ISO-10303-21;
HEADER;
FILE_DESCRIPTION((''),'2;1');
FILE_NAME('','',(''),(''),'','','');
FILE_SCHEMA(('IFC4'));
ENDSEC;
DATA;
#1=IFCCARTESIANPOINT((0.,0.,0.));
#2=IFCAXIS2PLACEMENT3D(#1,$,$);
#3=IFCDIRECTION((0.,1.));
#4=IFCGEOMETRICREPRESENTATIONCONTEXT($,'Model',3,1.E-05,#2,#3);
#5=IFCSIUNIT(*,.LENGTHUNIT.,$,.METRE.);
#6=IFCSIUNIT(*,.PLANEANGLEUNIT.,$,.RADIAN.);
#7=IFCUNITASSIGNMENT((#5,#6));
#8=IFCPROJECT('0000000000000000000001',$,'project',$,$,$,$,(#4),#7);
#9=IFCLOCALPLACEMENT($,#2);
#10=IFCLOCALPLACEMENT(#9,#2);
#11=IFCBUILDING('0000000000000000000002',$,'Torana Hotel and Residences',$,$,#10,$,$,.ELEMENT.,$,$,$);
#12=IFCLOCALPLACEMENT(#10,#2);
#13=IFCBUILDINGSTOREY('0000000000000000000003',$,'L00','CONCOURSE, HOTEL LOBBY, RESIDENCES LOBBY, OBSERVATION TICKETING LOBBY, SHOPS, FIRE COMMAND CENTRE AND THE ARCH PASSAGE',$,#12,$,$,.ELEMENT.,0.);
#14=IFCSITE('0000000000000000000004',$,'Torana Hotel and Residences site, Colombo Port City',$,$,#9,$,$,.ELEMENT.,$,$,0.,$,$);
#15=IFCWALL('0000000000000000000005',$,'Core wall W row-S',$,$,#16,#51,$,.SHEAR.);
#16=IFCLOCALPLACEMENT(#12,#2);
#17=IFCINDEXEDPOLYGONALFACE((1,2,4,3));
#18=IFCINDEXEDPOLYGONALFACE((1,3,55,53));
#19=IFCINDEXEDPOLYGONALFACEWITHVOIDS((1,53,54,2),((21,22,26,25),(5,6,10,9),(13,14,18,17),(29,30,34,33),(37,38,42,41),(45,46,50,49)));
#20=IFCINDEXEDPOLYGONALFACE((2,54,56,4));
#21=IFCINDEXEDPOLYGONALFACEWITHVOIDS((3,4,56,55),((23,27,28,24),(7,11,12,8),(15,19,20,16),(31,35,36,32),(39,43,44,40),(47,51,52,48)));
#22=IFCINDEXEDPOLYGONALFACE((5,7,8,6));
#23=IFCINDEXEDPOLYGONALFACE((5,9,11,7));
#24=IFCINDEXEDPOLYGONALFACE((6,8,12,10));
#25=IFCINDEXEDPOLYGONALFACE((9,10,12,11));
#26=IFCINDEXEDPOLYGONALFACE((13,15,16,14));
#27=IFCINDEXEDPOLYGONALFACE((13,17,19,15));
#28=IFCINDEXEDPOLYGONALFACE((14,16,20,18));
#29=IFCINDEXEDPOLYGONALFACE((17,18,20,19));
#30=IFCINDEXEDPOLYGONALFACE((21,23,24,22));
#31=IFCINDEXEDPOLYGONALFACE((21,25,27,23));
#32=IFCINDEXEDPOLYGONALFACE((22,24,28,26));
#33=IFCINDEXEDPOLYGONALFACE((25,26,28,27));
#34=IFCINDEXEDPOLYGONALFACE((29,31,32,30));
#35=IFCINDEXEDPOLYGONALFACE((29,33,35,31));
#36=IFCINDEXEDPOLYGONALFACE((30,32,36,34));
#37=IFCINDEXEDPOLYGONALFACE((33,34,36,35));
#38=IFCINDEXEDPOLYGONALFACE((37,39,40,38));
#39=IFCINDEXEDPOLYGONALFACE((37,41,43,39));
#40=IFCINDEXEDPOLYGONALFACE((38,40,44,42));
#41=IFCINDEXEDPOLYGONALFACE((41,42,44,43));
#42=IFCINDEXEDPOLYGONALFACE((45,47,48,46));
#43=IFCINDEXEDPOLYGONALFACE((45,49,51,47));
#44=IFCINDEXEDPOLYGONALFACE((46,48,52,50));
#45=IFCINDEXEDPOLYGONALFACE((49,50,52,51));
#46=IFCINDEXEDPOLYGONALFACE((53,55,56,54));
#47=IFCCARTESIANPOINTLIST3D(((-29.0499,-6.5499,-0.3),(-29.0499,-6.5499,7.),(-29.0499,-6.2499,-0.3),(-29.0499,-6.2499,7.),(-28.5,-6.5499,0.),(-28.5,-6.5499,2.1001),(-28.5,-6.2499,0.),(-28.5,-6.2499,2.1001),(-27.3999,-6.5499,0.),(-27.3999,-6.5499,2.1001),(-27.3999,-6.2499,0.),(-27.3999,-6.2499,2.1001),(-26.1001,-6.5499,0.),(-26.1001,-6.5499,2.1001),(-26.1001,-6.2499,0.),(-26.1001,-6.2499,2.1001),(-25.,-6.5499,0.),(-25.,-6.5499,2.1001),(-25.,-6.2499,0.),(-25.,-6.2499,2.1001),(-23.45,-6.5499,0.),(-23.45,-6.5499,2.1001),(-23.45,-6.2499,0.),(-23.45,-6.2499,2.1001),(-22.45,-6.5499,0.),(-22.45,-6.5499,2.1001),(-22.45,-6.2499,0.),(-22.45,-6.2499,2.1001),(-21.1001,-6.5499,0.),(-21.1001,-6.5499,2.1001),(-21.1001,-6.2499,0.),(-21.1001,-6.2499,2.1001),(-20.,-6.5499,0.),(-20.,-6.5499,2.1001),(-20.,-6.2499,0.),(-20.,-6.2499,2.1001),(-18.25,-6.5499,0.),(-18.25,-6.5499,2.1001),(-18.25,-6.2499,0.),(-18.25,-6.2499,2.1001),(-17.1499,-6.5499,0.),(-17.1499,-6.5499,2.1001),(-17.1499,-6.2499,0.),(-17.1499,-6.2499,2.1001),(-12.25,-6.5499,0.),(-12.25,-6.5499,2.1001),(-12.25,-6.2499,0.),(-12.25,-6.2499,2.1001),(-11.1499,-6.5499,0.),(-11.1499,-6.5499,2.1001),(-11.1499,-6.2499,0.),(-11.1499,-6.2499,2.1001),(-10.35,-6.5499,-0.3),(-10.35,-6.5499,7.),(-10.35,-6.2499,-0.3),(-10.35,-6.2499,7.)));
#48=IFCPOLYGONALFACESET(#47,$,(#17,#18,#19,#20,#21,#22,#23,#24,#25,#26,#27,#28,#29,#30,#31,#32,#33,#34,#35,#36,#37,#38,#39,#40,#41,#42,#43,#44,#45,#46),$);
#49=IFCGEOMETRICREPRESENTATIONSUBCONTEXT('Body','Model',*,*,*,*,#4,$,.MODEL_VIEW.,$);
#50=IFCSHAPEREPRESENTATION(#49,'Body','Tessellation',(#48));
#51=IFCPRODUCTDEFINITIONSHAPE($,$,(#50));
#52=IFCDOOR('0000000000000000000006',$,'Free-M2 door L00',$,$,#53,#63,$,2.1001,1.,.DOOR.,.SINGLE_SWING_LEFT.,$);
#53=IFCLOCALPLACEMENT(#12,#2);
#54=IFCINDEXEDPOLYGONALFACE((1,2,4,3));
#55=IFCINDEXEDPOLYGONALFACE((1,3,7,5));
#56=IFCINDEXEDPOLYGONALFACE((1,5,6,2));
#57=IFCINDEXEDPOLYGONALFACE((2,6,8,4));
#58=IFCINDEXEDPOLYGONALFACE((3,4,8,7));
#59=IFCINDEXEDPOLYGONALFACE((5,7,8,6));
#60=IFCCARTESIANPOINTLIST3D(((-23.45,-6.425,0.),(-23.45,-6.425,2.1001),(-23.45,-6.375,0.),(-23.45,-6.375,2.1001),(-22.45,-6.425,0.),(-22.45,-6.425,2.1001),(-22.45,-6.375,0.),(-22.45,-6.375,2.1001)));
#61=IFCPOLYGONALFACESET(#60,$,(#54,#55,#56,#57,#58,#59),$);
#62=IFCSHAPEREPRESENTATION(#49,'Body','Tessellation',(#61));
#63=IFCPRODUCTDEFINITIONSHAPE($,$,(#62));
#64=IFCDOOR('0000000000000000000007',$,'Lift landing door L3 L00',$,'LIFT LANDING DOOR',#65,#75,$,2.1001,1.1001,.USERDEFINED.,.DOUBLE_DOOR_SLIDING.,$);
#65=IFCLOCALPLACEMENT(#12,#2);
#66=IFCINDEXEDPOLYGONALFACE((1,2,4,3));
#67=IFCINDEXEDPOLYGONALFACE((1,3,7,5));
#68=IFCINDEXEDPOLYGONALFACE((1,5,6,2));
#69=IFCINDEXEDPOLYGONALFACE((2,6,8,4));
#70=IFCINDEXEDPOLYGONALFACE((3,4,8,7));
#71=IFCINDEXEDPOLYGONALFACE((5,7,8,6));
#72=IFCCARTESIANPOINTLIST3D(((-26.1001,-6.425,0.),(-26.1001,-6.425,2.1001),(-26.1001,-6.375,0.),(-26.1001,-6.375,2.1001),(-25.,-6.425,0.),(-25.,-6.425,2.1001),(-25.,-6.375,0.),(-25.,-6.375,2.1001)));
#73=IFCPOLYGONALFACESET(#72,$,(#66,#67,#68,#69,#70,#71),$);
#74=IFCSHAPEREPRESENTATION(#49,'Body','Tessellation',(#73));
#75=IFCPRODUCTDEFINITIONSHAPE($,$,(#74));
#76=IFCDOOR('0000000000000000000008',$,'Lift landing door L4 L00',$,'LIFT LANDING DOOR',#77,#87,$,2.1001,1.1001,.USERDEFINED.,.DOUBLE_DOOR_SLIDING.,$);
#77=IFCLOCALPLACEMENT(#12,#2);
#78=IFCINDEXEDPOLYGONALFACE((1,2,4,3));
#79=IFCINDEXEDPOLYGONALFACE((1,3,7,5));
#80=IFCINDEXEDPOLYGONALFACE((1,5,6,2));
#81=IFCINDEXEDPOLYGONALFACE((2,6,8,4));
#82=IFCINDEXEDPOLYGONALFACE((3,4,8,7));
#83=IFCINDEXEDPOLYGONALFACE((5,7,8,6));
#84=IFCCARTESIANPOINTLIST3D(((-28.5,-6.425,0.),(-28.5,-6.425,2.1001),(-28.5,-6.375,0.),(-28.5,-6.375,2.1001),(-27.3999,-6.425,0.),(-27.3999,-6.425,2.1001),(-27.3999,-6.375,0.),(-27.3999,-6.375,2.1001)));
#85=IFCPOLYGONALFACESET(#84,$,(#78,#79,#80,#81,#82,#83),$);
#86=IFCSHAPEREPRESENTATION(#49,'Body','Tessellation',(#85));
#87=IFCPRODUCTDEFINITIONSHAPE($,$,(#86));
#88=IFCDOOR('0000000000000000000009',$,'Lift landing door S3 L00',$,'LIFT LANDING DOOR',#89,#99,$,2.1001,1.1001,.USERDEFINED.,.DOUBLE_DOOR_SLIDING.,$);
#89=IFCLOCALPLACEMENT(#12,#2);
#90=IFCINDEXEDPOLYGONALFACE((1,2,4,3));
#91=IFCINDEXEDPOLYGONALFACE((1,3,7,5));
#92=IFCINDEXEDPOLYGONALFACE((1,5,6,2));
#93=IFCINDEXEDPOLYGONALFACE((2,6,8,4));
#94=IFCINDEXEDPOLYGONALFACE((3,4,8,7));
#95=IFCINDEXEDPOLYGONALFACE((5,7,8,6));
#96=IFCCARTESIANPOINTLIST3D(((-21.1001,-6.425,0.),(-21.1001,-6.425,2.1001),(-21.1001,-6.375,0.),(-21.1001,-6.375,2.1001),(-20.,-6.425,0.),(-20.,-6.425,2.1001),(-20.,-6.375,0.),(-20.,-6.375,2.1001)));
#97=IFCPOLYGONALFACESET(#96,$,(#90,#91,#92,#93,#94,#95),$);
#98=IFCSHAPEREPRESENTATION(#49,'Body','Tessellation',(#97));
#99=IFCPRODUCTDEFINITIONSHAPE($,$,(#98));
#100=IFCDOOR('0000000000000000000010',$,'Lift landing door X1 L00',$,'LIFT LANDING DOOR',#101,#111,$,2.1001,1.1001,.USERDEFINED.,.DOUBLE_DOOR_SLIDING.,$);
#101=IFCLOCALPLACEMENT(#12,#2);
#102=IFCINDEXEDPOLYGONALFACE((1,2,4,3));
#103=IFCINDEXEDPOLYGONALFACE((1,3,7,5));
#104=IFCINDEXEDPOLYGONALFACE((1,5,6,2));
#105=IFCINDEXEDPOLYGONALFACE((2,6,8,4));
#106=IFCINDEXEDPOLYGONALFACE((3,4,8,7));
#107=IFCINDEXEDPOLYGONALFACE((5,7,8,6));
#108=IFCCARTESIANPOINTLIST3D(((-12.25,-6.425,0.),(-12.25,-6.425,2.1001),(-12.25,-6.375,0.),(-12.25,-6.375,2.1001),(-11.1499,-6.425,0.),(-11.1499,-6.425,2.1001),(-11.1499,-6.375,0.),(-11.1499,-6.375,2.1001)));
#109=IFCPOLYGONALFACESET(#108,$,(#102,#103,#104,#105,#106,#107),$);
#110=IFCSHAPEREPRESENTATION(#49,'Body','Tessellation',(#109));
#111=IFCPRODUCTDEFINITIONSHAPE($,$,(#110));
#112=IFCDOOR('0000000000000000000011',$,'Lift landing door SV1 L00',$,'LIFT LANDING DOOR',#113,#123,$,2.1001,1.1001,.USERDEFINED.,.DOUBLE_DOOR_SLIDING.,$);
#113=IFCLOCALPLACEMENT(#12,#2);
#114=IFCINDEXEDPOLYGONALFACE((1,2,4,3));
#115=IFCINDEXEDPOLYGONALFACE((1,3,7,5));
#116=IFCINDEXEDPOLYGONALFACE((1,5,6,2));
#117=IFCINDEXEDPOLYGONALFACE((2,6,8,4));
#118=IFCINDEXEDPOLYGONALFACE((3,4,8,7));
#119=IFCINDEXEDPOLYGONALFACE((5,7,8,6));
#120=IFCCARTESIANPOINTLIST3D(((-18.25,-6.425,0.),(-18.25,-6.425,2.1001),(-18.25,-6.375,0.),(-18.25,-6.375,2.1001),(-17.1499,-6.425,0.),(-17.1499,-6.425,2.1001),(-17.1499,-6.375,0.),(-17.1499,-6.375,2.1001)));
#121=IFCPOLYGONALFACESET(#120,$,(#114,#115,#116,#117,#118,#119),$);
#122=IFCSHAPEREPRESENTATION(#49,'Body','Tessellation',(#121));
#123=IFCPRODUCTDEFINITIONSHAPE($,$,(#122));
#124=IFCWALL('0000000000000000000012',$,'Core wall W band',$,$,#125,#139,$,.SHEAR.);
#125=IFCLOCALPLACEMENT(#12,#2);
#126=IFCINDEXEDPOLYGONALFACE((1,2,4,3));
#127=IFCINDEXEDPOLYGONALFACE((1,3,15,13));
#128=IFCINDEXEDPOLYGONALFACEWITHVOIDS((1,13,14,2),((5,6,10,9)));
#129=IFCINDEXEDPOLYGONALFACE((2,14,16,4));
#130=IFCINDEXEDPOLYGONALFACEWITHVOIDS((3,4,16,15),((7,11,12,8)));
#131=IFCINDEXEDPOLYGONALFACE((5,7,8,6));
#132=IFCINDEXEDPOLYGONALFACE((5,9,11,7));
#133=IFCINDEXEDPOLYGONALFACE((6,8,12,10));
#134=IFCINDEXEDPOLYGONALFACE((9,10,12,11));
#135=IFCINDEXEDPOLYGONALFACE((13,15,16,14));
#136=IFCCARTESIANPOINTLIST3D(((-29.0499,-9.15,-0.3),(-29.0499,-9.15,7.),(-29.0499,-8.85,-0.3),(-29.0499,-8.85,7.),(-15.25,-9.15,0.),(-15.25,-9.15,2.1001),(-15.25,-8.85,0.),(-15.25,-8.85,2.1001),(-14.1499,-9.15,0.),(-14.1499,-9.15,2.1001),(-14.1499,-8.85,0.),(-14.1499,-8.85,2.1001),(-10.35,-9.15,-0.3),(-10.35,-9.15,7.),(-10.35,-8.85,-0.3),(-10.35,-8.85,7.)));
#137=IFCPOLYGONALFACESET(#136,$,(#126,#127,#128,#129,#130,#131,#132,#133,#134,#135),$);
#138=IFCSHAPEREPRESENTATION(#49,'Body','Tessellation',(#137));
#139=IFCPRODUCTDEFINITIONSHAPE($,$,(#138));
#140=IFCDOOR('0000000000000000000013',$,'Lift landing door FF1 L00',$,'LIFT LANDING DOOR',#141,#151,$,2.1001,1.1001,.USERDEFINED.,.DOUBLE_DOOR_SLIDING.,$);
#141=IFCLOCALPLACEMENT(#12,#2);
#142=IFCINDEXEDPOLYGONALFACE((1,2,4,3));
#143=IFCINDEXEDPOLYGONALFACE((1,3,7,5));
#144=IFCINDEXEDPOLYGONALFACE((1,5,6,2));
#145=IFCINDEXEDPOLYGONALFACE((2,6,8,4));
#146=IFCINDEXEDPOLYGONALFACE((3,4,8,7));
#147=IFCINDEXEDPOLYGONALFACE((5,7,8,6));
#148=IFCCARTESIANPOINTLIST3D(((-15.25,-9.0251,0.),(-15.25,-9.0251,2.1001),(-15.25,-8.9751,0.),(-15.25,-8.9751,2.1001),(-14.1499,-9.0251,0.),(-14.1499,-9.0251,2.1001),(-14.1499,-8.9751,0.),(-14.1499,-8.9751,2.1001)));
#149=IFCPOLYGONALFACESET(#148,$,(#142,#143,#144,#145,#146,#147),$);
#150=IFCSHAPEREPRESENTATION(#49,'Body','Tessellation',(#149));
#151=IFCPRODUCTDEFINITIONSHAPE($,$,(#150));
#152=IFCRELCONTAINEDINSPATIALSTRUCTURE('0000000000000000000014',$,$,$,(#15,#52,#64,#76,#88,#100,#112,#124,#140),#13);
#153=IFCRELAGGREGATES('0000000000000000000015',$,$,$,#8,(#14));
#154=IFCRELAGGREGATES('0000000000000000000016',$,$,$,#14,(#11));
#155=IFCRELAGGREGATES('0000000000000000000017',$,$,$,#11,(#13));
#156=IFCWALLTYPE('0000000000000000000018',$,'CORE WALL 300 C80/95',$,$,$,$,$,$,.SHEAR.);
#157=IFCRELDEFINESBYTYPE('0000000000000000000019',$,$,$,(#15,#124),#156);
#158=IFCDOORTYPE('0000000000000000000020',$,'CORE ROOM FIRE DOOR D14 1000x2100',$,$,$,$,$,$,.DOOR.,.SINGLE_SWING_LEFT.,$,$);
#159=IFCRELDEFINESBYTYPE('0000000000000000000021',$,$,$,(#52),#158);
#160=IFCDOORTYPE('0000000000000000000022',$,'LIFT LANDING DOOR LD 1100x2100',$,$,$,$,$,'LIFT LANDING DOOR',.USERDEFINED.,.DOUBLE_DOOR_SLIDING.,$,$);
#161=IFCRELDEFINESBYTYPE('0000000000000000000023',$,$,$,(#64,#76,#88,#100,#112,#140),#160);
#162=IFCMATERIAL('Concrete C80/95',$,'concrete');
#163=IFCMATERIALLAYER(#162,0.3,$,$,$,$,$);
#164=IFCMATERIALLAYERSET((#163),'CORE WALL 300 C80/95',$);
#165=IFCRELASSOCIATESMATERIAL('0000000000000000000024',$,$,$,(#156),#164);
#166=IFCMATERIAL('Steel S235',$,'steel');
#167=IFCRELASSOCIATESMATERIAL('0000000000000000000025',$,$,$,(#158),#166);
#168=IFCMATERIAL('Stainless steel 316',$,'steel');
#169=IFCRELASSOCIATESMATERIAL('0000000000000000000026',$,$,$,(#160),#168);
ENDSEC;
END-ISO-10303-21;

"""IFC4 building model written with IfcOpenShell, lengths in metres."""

from ifc_helpers import new_model, si_unit, direction, frame, frame_2d, origin, place, context, subcontext, project, spatial, rectangle, extrude, material, layer, layer_set, type_object, element, fill, save


model = new_model("IFC4")

# Units and contexts
model_context = context("Model", 3, precision=1e-05, world=origin(), true_north=direction((0.0, 1.0)))
body_context = subcontext(model_context, "Body", "Model", "MODEL_VIEW")
ifc_project = project(units=[si_unit("LENGTHUNIT", "METRE"), si_unit("PLANEANGLEUNIT", "RADIAN")], contexts=[model_context])

# Site, building, storey
site_placement = place(None, origin())
site = spatial("IfcSite", under=ifc_project, at=site_placement, Name="Torana Hotel and Residences site, Colombo Port City", CompositionType="ELEMENT", RefElevation=0.0)
building_placement = place(site_placement, origin())
building = spatial("IfcBuilding", under=site, at=building_placement, Name="Torana Hotel and Residences", CompositionType="ELEMENT")
storey_placement = place(building_placement, origin())
storey = spatial("IfcBuildingStorey", under=building, at=storey_placement, Name="L00", Description="CONCOURSE, HOTEL LOBBY, RESIDENCES LOBBY, OBSERVATION TICKETING LOBBY, SHOPS, FIRE COMMAND CENTRE AND THE ARCH PASSAGE", CompositionType="ELEMENT", Elevation=0.0)

# Wall, openings, doors
ifc_material_1 = material(Name="Concrete C80/95", Category="concrete")
ifc_layer_1 = layer(ifc_material_1, 0.3)
ifc_layer_set_1 = layer_set([ifc_layer_1], Name="CORE WALL 300 C80/95")
wall_type_1 = type_object("IfcWallType", Name="CORE WALL 300 C80/95", PredefinedType="SHEAR", material=ifc_layer_set_1)
wall_1_placement = place(storey_placement, frame((-29.05, -6.3999, -0.3), z_axis=(0.0, 0.0, 1.0), x_axis=(1.0, 0.0, 0.0)))
wall_1 = element("IfcWall", 1, at=wall_1_placement, inside=storey, type_object=wall_type_1, Name="Core wall W row-S", PredefinedType="SHEAR", context=body_context, shape_type="SweptSolid", body=[
    extrude(rectangle(XDim=18.7, YDim=0.3, at=frame_2d((9.3501, 0.0))), origin(), (0.0, 0.0, 1.0), 7.3),
])
opening_1_placement = place(wall_1_placement, frame((2.95, 0.0, 0.3)))
opening_1 = element("IfcOpeningElement", 2, at=opening_1_placement, cuts=wall_1, PredefinedType="OPENING", context=body_context, shape_type="SweptSolid", body=[
    extrude(rectangle(XDim=1.1001, YDim=2.1001, at=frame_2d((0.55, 1.05))), frame((0.0, 0.1599, 0.0), z_axis=(0.0, -1.0, 0.0), x_axis=(1.0, 0.0, 0.0)), (0.0, 0.0, 1.0), 0.3201),
])
opening_2_placement = place(wall_1_placement, frame((0.55, 0.0, 0.3)))
opening_2 = element("IfcOpeningElement", 3, at=opening_2_placement, cuts=wall_1, PredefinedType="OPENING", context=body_context, shape_type="SweptSolid", body=[
    extrude(rectangle(XDim=1.1001, YDim=2.1001, at=frame_2d((0.55, 1.05))), frame((0.0, 0.1599, 0.0), z_axis=(0.0, -1.0, 0.0), x_axis=(1.0, 0.0, 0.0)), (0.0, 0.0, 1.0), 0.3201),
])
opening_3_placement = place(wall_1_placement, frame((7.95, 0.0, 0.3)))
opening_3 = element("IfcOpeningElement", 4, at=opening_3_placement, cuts=wall_1, PredefinedType="OPENING", context=body_context, shape_type="SweptSolid", body=[
    extrude(rectangle(XDim=1.1001, YDim=2.1001, at=frame_2d((0.55, 1.05))), frame((0.0, 0.1599, 0.0), z_axis=(0.0, -1.0, 0.0), x_axis=(1.0, 0.0, 0.0)), (0.0, 0.0, 1.0), 0.3201),
])
opening_4_placement = place(wall_1_placement, frame((16.8, 0.0, 0.3)))
opening_4 = element("IfcOpeningElement", 5, at=opening_4_placement, cuts=wall_1, PredefinedType="OPENING", context=body_context, shape_type="SweptSolid", body=[
    extrude(rectangle(XDim=1.1001, YDim=2.1001, at=frame_2d((0.55, 1.05))), frame((0.0, 0.1599, 0.0), z_axis=(0.0, -1.0, 0.0), x_axis=(1.0, 0.0, 0.0)), (0.0, 0.0, 1.0), 0.3201),
])
opening_5_placement = place(wall_1_placement, frame((10.8, 0.0, 0.3)))
opening_5 = element("IfcOpeningElement", 6, at=opening_5_placement, cuts=wall_1, PredefinedType="OPENING", context=body_context, shape_type="SweptSolid", body=[
    extrude(rectangle(XDim=1.1001, YDim=2.1001, at=frame_2d((0.55, 1.05))), frame((0.0, 0.1599, 0.0), z_axis=(0.0, -1.0, 0.0), x_axis=(1.0, 0.0, 0.0)), (0.0, 0.0, 1.0), 0.3201),
])
opening_6_placement = place(wall_1_placement, frame((5.6001, 0.0, 0.3)))
opening_6 = element("IfcOpeningElement", 7, at=opening_6_placement, cuts=wall_1, PredefinedType="OPENING", context=body_context, shape_type="SweptSolid", body=[
    extrude(rectangle(XDim=1.0, YDim=2.1001, at=frame_2d((0.5, 1.05))), frame((0.0, 0.1599, 0.0), z_axis=(0.0, -1.0, 0.0), x_axis=(1.0, 0.0, 0.0)), (0.0, 0.0, 1.0), 0.3201),
])
ifc_material_2 = material(Name="Steel S235", Category="steel")
door_type_1 = type_object("IfcDoorType", Name="CORE ROOM FIRE DOOR D14 1000x2100", OperationType="SINGLE_SWING_LEFT", PredefinedType="DOOR", material=ifc_material_2)
door_1_placement = place(opening_6_placement, frame((0.5, 0.0, 0.0), z_axis=(0.0, 0.0, 1.0), x_axis=(-1.0, 0.0, 0.0)))
door_1 = element("IfcDoor", 8, at=door_1_placement, inside=storey, type_object=door_type_1, Name="Free-M2 door L00", OperationType="SINGLE_SWING_LEFT", OverallHeight=2.1001, OverallWidth=1.0, PredefinedType="DOOR", context=body_context, shape_type="SweptSolid", body=[
    extrude(rectangle(XDim=1.0, YDim=2.1001, at=frame_2d((0.0, 1.05))), frame((0.0, -0.0249, 0.0), z_axis=(0.0, 1.0, 0.0), x_axis=(-1.0, 0.0, 0.0)), (0.0, 0.0, 1.0), 0.05),
])
fill(opening_6, door_1)
ifc_material_3 = material(Name="Stainless steel 316", Category="steel")
door_type_2 = type_object("IfcDoorType", Name="LIFT LANDING DOOR LD 1100x2100", ElementType="LIFT LANDING DOOR", OperationType="DOUBLE_DOOR_SLIDING", PredefinedType="USERDEFINED", material=ifc_material_3)
door_2_placement = place(opening_1_placement, origin())
door_2 = element("IfcDoor", 9, at=door_2_placement, inside=storey, type_object=door_type_2, Name="Lift landing door L3 L00", ObjectType="LIFT LANDING DOOR", OperationType="DOUBLE_DOOR_SLIDING", OverallHeight=2.1001, OverallWidth=1.1001, PredefinedType="USERDEFINED", context=body_context, shape_type="SweptSolid", body=[
    extrude(rectangle(XDim=1.1001, YDim=2.1001, at=frame_2d((0.55, 1.05))), frame((0.0, 0.0249, 0.0), z_axis=(0.0, -1.0, 0.0), x_axis=(1.0, 0.0, 0.0)), (0.0, 0.0, 1.0), 0.05),
])
fill(opening_1, door_2)
door_3_placement = place(opening_2_placement, origin())
door_3 = element("IfcDoor", 10, at=door_3_placement, inside=storey, type_object=door_type_2, Name="Lift landing door L4 L00", ObjectType="LIFT LANDING DOOR", OperationType="DOUBLE_DOOR_SLIDING", OverallHeight=2.1001, OverallWidth=1.1001, PredefinedType="USERDEFINED", context=body_context, shape_type="SweptSolid", body=[
    extrude(rectangle(XDim=1.1001, YDim=2.1001, at=frame_2d((0.55, 1.05))), frame((0.0, 0.0249, 0.0), z_axis=(0.0, -1.0, 0.0), x_axis=(1.0, 0.0, 0.0)), (0.0, 0.0, 1.0), 0.05),
])
fill(opening_2, door_3)
door_4_placement = place(opening_3_placement, origin())
door_4 = element("IfcDoor", 11, at=door_4_placement, inside=storey, type_object=door_type_2, Name="Lift landing door S3 L00", ObjectType="LIFT LANDING DOOR", OperationType="DOUBLE_DOOR_SLIDING", OverallHeight=2.1001, OverallWidth=1.1001, PredefinedType="USERDEFINED", context=body_context, shape_type="SweptSolid", body=[
    extrude(rectangle(XDim=1.1001, YDim=2.1001, at=frame_2d((0.55, 1.05))), frame((0.0, 0.0249, 0.0), z_axis=(0.0, -1.0, 0.0), x_axis=(1.0, 0.0, 0.0)), (0.0, 0.0, 1.0), 0.05),
])
fill(opening_3, door_4)
door_5_placement = place(opening_4_placement, origin())
door_5 = element("IfcDoor", 12, at=door_5_placement, inside=storey, type_object=door_type_2, Name="Lift landing door X1 L00", ObjectType="LIFT LANDING DOOR", OperationType="DOUBLE_DOOR_SLIDING", OverallHeight=2.1001, OverallWidth=1.1001, PredefinedType="USERDEFINED", context=body_context, shape_type="SweptSolid", body=[
    extrude(rectangle(XDim=1.1001, YDim=2.1001, at=frame_2d((0.55, 1.05))), frame((0.0, 0.0249, 0.0), z_axis=(0.0, -1.0, 0.0), x_axis=(1.0, 0.0, 0.0)), (0.0, 0.0, 1.0), 0.05),
])
fill(opening_4, door_5)
door_6_placement = place(opening_5_placement, origin())
door_6 = element("IfcDoor", 13, at=door_6_placement, inside=storey, type_object=door_type_2, Name="Lift landing door SV1 L00", ObjectType="LIFT LANDING DOOR", OperationType="DOUBLE_DOOR_SLIDING", OverallHeight=2.1001, OverallWidth=1.1001, PredefinedType="USERDEFINED", context=body_context, shape_type="SweptSolid", body=[
    extrude(rectangle(XDim=1.1001, YDim=2.1001, at=frame_2d((0.55, 1.05))), frame((0.0, 0.0249, 0.0), z_axis=(0.0, -1.0, 0.0), x_axis=(1.0, 0.0, 0.0)), (0.0, 0.0, 1.0), 0.05),
])
fill(opening_5, door_6)

# Wall, opening, door
wall_2_placement = place(storey_placement, frame((-29.05, -9.0, -0.3), z_axis=(0.0, 0.0, 1.0), x_axis=(1.0, 0.0, 0.0)))
wall_2 = element("IfcWall", 14, at=wall_2_placement, inside=storey, type_object=wall_type_1, Name="Core wall W band", PredefinedType="SHEAR", context=body_context, shape_type="SweptSolid", body=[
    extrude(rectangle(XDim=18.7, YDim=0.3, at=frame_2d((9.3501, 0.0))), origin(), (0.0, 0.0, 1.0), 7.3),
])
opening_7_placement = place(wall_2_placement, frame((13.8, 0.0, 0.3)))
opening_7 = element("IfcOpeningElement", 15, at=opening_7_placement, cuts=wall_2, PredefinedType="OPENING", context=body_context, shape_type="SweptSolid", body=[
    extrude(rectangle(XDim=1.1001, YDim=2.1001, at=frame_2d((0.55, 1.05))), frame((0.0, 0.1599, 0.0), z_axis=(0.0, -1.0, 0.0), x_axis=(1.0, 0.0, 0.0)), (0.0, 0.0, 1.0), 0.3201),
])
door_7_placement = place(opening_7_placement, origin())
door_7 = element("IfcDoor", 16, at=door_7_placement, inside=storey, type_object=door_type_2, Name="Lift landing door FF1 L00", ObjectType="LIFT LANDING DOOR", OperationType="DOUBLE_DOOR_SLIDING", OverallHeight=2.1001, OverallWidth=1.1001, PredefinedType="USERDEFINED", context=body_context, shape_type="SweptSolid", body=[
    extrude(rectangle(XDim=1.1001, YDim=2.1001, at=frame_2d((0.55, 1.05))), frame((0.0, 0.0249, 0.0), z_axis=(0.0, -1.0, 0.0), x_axis=(1.0, 0.0, 0.0)), (0.0, 0.0, 1.0), 0.05),
])
fill(opening_7, door_7)

save(model, "model.ifc")
